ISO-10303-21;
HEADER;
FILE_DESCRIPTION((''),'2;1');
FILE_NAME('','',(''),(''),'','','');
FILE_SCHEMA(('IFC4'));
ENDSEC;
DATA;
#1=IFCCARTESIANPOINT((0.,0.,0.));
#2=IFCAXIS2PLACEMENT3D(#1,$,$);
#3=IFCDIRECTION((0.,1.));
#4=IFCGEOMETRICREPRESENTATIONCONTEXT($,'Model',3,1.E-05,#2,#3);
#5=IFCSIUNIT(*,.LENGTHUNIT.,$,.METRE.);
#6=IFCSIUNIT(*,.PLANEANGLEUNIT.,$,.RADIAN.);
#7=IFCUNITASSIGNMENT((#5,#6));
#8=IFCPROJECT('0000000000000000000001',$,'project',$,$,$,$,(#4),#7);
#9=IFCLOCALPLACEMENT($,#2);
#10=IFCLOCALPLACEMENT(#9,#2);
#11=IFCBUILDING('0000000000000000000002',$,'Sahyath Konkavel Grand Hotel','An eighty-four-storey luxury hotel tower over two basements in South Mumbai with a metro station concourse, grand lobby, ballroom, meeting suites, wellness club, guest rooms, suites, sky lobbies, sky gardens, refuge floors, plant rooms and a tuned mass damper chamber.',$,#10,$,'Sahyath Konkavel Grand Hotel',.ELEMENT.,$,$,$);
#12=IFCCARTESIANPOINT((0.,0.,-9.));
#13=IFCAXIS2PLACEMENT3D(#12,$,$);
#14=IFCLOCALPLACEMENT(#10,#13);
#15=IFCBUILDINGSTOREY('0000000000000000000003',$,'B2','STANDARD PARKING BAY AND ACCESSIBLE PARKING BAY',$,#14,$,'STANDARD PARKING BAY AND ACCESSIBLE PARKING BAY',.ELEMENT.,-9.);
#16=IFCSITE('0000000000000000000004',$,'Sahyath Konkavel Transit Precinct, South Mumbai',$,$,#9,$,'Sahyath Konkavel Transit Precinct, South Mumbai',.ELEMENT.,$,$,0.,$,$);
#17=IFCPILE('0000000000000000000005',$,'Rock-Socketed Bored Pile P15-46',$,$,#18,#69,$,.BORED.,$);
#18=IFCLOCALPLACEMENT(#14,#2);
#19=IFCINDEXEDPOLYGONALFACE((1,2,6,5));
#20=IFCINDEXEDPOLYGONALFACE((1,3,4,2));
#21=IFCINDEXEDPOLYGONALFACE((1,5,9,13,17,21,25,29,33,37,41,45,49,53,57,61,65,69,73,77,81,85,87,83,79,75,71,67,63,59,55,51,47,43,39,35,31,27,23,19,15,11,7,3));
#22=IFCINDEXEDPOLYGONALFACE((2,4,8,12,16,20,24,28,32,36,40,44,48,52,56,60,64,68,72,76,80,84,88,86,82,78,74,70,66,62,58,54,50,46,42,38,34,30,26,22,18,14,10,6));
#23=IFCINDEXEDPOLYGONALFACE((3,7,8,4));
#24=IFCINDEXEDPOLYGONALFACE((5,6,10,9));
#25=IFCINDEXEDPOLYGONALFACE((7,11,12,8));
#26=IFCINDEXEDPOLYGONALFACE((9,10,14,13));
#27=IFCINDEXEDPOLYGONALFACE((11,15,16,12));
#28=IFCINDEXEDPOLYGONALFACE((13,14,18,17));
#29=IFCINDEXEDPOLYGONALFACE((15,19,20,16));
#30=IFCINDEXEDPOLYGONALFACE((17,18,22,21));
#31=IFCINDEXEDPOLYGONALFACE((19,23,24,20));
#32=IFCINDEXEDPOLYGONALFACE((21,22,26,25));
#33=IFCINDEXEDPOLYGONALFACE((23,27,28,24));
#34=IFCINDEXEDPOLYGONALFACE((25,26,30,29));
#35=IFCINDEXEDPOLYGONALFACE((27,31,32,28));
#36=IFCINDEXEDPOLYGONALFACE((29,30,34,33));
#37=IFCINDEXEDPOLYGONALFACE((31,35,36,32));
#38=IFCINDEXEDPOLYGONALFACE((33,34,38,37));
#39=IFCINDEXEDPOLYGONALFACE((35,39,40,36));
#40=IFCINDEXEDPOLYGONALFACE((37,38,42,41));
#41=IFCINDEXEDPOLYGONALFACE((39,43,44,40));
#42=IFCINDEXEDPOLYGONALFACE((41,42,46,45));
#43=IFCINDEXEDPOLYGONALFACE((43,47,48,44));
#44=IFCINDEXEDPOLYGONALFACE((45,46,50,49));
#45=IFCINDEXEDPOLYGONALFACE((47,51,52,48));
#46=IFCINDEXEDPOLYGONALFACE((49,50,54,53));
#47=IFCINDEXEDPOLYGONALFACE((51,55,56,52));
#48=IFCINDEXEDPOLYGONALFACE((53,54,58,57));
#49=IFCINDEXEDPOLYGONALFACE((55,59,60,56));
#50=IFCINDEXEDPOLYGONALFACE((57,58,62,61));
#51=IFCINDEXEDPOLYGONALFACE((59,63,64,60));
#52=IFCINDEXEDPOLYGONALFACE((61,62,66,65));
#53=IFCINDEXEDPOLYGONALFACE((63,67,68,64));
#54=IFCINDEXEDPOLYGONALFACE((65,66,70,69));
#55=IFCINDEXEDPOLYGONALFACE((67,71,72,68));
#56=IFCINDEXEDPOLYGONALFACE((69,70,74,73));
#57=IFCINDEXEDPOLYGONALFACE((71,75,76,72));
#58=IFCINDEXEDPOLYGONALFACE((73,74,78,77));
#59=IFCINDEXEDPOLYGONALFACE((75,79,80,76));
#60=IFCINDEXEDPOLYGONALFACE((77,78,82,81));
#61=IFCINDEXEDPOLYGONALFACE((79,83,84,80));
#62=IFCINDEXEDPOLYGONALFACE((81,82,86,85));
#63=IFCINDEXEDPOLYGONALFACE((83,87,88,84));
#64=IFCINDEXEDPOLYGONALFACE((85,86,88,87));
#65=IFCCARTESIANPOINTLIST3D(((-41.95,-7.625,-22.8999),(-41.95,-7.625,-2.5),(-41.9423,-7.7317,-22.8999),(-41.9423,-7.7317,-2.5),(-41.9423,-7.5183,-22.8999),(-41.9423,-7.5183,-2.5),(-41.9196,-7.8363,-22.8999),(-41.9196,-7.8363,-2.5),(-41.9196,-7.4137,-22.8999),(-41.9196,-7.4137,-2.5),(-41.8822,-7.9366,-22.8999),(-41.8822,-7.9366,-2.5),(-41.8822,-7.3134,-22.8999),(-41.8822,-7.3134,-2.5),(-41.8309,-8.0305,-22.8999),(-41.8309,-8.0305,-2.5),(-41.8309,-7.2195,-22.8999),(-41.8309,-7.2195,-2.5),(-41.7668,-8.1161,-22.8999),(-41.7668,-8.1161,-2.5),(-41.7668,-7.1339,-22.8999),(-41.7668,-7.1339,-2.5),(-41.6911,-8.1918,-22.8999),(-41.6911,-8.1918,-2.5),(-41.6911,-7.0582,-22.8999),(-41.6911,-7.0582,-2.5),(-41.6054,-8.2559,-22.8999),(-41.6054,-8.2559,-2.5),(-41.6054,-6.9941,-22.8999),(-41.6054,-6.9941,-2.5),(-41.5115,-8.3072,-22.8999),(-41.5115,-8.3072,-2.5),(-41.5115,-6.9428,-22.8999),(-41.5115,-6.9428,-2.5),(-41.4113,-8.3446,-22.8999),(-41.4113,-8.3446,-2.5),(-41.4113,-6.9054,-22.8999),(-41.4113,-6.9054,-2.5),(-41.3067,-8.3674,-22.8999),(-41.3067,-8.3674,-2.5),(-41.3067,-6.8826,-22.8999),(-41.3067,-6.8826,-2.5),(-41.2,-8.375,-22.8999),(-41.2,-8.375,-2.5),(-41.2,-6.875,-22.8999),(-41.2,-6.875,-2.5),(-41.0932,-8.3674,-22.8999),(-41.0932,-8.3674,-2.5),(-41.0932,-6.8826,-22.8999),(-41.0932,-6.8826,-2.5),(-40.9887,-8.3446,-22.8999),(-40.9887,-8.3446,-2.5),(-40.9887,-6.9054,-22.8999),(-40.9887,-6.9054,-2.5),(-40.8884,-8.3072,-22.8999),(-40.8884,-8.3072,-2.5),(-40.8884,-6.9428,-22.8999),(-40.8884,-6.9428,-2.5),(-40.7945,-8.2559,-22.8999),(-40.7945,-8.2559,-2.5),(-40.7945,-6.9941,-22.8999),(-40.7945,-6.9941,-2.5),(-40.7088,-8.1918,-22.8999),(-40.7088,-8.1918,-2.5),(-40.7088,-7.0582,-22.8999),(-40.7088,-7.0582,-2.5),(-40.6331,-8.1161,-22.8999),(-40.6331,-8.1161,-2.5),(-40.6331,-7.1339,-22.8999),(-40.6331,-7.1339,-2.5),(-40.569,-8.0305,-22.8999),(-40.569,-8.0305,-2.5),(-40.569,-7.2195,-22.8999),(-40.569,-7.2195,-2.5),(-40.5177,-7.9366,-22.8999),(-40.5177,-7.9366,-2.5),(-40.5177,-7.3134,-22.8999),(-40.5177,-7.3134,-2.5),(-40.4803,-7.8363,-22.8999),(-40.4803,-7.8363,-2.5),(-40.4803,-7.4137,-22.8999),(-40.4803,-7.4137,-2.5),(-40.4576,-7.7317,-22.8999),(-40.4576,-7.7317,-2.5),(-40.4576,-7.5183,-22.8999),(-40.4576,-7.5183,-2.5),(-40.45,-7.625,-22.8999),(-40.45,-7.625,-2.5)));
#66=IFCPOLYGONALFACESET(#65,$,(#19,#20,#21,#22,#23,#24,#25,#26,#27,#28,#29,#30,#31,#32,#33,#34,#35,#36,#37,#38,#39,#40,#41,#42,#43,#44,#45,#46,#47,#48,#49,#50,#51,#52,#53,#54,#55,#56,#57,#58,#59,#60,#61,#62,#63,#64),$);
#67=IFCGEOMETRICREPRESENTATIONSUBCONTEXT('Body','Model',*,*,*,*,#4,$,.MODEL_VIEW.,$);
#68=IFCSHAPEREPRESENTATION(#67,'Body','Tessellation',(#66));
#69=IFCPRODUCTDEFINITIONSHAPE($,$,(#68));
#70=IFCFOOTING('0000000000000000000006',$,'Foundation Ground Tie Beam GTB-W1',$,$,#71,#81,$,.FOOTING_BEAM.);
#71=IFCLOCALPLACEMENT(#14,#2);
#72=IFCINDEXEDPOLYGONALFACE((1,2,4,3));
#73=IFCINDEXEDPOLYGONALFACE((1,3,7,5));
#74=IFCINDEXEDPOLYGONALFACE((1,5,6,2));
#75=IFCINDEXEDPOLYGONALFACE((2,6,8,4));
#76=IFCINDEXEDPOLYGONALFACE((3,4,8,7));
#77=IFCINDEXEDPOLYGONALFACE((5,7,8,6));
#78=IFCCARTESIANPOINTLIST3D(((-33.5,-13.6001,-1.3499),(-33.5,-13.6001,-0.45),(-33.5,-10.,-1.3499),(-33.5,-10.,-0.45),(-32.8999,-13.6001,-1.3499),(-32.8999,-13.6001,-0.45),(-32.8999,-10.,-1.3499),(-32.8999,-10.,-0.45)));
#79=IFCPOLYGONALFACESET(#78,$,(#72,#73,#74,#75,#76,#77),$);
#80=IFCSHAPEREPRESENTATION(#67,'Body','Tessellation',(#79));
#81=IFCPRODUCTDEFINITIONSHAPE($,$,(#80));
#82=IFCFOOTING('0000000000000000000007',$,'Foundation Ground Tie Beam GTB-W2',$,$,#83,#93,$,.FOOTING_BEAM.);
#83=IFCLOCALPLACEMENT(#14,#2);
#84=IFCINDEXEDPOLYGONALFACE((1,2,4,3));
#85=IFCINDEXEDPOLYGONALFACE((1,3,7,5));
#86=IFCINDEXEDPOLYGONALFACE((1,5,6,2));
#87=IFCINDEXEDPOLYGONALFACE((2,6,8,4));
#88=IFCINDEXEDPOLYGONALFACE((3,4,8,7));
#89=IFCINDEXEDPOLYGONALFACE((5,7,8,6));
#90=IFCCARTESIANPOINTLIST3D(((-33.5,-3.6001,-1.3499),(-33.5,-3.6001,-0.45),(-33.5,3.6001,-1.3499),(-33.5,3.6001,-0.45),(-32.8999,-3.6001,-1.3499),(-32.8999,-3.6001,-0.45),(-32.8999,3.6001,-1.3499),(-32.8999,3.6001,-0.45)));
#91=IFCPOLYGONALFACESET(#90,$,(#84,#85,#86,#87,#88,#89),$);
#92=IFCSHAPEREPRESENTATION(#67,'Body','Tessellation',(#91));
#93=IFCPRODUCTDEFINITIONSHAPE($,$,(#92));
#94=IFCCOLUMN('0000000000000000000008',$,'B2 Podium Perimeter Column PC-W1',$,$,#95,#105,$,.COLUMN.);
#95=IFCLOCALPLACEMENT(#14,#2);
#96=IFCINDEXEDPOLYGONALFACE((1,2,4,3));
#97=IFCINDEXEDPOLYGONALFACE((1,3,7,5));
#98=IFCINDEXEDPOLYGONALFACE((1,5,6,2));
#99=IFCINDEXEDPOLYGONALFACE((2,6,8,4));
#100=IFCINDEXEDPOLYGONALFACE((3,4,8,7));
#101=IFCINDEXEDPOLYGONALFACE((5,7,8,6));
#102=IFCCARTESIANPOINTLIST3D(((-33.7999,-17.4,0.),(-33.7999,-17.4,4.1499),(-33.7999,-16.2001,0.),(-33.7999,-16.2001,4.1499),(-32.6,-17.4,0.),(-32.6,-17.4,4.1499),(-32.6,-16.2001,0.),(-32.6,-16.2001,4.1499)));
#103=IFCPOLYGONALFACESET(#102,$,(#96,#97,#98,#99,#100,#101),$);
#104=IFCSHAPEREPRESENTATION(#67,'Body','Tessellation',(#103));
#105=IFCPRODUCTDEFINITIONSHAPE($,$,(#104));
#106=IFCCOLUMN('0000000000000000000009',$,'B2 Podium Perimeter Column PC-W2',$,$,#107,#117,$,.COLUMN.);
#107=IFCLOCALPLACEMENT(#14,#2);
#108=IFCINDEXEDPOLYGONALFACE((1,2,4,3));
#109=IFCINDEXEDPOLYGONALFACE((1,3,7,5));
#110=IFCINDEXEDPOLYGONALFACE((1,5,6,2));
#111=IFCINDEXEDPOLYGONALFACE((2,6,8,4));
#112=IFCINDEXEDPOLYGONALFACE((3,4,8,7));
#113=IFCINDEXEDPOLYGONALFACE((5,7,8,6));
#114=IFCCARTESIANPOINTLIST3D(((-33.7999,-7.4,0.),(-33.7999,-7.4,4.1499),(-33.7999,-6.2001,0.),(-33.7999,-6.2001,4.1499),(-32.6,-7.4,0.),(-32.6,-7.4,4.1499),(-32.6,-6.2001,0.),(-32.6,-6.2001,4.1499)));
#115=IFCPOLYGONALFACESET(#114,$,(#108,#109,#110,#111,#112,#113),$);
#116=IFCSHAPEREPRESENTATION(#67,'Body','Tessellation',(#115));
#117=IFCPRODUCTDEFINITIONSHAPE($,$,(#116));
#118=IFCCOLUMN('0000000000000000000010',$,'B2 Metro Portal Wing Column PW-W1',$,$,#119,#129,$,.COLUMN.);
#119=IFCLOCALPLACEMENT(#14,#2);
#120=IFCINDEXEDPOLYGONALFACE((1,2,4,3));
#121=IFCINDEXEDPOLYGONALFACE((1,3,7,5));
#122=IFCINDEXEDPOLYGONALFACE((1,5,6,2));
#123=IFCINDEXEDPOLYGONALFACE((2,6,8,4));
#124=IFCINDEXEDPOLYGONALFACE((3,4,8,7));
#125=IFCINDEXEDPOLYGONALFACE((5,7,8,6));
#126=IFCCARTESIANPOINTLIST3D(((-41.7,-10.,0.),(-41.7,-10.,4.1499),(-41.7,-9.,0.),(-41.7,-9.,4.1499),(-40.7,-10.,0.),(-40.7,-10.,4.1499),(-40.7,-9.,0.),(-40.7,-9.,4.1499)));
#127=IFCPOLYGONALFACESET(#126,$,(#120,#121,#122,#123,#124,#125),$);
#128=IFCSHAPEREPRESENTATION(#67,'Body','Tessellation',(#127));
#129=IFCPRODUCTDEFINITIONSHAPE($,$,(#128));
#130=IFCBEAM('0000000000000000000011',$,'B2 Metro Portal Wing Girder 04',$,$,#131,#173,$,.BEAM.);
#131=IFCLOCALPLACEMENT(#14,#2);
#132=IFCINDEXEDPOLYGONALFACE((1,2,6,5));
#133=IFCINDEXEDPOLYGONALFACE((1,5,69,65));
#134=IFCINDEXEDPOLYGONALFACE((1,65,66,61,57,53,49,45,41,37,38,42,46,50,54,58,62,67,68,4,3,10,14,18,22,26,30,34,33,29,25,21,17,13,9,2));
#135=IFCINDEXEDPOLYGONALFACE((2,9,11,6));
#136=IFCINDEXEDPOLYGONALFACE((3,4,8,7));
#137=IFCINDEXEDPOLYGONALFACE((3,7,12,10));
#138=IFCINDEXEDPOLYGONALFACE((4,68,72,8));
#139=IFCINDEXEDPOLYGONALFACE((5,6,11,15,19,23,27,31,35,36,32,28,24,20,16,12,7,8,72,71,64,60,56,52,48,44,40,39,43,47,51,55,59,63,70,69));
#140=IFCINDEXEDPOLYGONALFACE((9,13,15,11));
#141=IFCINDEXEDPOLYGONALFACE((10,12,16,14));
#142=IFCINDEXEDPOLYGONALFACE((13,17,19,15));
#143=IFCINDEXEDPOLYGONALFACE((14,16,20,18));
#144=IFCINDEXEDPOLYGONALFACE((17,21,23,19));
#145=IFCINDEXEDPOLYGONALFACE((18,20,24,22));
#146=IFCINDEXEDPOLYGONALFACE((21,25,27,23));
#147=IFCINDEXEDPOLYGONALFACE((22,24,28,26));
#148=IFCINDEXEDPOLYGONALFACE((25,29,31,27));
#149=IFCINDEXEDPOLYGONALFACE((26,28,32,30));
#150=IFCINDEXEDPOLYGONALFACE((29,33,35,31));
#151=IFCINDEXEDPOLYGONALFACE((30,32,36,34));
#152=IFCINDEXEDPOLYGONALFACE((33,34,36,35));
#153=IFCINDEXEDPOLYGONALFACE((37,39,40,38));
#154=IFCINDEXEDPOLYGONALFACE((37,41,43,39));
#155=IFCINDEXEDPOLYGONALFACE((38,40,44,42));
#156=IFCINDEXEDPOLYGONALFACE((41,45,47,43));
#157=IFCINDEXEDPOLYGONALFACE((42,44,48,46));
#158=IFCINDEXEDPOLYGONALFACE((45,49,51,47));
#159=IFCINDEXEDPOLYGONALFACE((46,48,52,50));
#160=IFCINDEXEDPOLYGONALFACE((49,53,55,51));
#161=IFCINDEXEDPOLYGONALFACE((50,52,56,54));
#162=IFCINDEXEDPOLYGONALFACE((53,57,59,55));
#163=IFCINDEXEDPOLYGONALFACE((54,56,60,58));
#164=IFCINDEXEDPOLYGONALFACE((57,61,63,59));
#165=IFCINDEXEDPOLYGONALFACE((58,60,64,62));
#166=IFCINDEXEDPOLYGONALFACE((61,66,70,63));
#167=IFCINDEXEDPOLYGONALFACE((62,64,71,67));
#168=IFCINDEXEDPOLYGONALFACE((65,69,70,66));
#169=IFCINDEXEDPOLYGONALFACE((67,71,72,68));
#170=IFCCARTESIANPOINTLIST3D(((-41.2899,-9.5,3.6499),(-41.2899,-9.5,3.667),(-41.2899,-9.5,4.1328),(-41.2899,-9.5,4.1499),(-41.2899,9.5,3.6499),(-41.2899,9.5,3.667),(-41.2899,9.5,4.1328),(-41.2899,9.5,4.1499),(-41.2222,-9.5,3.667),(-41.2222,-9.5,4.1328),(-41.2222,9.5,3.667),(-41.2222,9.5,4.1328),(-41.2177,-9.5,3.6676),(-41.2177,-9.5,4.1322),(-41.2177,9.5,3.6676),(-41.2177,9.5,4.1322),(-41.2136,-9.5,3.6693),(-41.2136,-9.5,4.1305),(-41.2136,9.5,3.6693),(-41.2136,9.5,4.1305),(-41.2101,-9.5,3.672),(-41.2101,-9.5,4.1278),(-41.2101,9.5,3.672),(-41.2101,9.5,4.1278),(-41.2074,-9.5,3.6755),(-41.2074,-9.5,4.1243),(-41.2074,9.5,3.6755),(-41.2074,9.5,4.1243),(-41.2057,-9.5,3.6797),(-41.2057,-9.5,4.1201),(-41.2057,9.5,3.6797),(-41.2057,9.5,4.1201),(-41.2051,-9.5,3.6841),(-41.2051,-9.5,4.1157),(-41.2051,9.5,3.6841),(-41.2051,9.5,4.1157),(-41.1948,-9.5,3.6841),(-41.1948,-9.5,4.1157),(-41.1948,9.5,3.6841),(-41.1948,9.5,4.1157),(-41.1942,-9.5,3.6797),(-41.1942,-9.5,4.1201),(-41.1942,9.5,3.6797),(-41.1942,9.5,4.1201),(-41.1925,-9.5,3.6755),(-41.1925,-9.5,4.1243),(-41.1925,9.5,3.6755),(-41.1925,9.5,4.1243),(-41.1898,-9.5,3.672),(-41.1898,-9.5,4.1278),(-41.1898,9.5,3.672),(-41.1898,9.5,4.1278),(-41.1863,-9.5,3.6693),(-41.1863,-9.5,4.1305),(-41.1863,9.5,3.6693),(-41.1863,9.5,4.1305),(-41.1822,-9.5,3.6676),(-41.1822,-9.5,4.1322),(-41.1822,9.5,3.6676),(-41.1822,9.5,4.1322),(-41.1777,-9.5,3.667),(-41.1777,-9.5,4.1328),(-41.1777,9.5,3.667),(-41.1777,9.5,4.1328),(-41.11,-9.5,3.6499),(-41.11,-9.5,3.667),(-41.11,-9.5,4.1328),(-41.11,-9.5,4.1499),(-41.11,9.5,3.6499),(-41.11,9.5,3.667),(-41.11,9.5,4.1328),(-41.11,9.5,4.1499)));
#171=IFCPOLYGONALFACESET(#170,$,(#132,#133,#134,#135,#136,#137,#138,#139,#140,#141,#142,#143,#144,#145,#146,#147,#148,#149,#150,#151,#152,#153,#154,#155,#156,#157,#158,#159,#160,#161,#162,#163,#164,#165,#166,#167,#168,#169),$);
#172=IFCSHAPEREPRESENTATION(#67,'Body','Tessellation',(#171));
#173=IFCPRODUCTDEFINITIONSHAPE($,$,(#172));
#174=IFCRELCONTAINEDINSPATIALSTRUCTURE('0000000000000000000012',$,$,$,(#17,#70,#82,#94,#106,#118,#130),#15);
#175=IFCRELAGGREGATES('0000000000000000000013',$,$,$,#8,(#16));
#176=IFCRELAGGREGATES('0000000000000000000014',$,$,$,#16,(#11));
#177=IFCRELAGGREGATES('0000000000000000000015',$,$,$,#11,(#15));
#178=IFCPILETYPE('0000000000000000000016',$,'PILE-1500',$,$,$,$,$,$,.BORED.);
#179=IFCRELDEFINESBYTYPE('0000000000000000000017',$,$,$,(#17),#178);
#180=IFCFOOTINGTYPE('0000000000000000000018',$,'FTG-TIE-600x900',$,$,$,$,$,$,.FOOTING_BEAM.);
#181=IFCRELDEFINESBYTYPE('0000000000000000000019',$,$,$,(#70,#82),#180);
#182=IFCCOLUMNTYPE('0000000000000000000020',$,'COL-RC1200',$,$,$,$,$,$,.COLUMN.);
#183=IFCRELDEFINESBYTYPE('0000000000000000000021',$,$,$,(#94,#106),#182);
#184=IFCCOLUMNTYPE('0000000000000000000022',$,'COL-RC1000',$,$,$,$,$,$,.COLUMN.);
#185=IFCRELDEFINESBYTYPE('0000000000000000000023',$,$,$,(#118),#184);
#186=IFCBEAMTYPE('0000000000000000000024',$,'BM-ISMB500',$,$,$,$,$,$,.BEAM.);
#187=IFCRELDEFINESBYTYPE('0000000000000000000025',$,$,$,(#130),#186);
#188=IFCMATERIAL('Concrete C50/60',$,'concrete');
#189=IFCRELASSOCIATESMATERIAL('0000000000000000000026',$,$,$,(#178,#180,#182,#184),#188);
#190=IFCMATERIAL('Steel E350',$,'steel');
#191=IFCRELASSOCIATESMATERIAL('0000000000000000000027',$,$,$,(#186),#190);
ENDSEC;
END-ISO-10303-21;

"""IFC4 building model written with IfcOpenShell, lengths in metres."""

from ifc_helpers import new_model, si_unit, direction, frame, origin, origin_2d, place, context, subcontext, project, spatial, rectangle, circle, i_section, extrude, source, transform, mapped, material, material_profile, profile_set, type_object, element, save


model = new_model("IFC4")

# Units and contexts
model_context = context("Model", 3, precision=1e-05, world=origin(), true_north=direction((0.0, 1.0)))
body_context = subcontext(model_context, "Body", "Model", "MODEL_VIEW")
ifc_project = project(units=[si_unit("LENGTHUNIT", "METRE"), si_unit("PLANEANGLEUNIT", "RADIAN")], contexts=[model_context])

# Site, building, storey
site_placement = place(None, origin())
site = spatial("IfcSite", under=ifc_project, at=site_placement, Name="Sahyath Konkavel Transit Precinct, South Mumbai", LongName="Sahyath Konkavel Transit Precinct, South Mumbai", CompositionType="ELEMENT", RefElevation=0.0)
building_placement = place(site_placement, origin())
building = spatial("IfcBuilding", under=site, at=building_placement, Name="Sahyath Konkavel Grand Hotel", Description="An eighty-four-storey luxury hotel tower over two basements in South Mumbai with a metro station concourse, grand lobby, ballroom, meeting suites, wellness club, guest rooms, suites, sky lobbies, sky gardens, refuge floors, plant rooms and a tuned mass damper chamber.", LongName="Sahyath Konkavel Grand Hotel", CompositionType="ELEMENT")
storey_placement = place(building_placement, frame((0.0, 0.0, -9.0)))
storey = spatial("IfcBuildingStorey", under=building, at=storey_placement, Name="B2", Description="STANDARD PARKING BAY AND ACCESSIBLE PARKING BAY", LongName="STANDARD PARKING BAY AND ACCESSIBLE PARKING BAY", CompositionType="ELEMENT", Elevation=-9.0)

# Pile
ifc_material_1 = material(Name="Concrete C50/60", Category="concrete")
ifc_material_profile_1 = material_profile(ifc_material_1, circle(Radius=0.75, at=origin_2d()), Name="PILE D1500")
ifc_profile_set_1 = profile_set([ifc_material_profile_1], Name="Concrete C50/60")
pile_type = type_object("IfcPileType", Name="PILE-1500", PredefinedType="BORED", material=ifc_profile_set_1)
for number, where, z_axis, x_axis, name in (
    (1, (-41.2, -7.625, -2.5), (0.0, 0.0, -1.0), (1.0, 0.0, 0.0), "Rock-Socketed Bored Pile P15-46"),
):
    element("IfcPile", number, at=place(storey_placement, frame(where, z_axis=z_axis, x_axis=x_axis)), inside=storey, type_object=pile_type, Name=name, PredefinedType="BORED", context=body_context, shape_type="SweptSolid", body=[
        extrude(circle(Radius=0.75, at=origin_2d()), origin(), (0.0, 0.0, 1.0), 20.3999),
    ])

# Footings
ifc_material_profile_2 = material_profile(ifc_material_1, rectangle(XDim=0.6001, YDim=0.8999, at=origin_2d()), Name="RC 600x900")
ifc_profile_set_2 = profile_set([ifc_material_profile_2], Name="Concrete C50/60")
footing_type = type_object("IfcFootingType", Name="FTG-TIE-600x900", PredefinedType="FOOTING_BEAM", material=ifc_profile_set_2)
shared_shape_1 = source(origin(), body_context, "Body", "SweptSolid", [
    extrude(rectangle(XDim=0.6001, YDim=0.8999, at=origin_2d()), origin(), (0.0, 0.0, 1.0), 3.6001),
])
footing_1_placement = place(storey_placement, frame((-33.2, -13.6001, -0.8999), z_axis=(0.0, 1.0, 0.0), x_axis=(-1.0, 0.0, 0.0)))
element("IfcFooting", 2, at=footing_1_placement, inside=storey, type_object=footing_type, Name="Foundation Ground Tie Beam GTB-W1", PredefinedType="FOOTING_BEAM", context=body_context, shape_type="MappedRepresentation", body=[
    mapped(shared_shape_1, transform((0.0, 0.0, 0.0), scale=1.0)),
])
shared_shape_2 = source(origin(), body_context, "Body", "SweptSolid", [
    extrude(rectangle(XDim=0.6001, YDim=0.8999, at=origin_2d()), origin(), (0.0, 0.0, 1.0), 7.2002),
])
footing_2_placement = place(storey_placement, frame((-33.2, -3.6001, -0.8999), z_axis=(0.0, 1.0, 0.0), x_axis=(-1.0, 0.0, 0.0)))
element("IfcFooting", 3, at=footing_2_placement, inside=storey, type_object=footing_type, Name="Foundation Ground Tie Beam GTB-W2", PredefinedType="FOOTING_BEAM", context=body_context, shape_type="MappedRepresentation", body=[
    mapped(shared_shape_2, transform((0.0, 0.0, 0.0), scale=1.0)),
])

# Columns
ifc_material_profile_3 = material_profile(ifc_material_1, rectangle(XDim=1.2, YDim=1.2, at=origin_2d()), Name="RC 1200x1200")
ifc_profile_set_3 = profile_set([ifc_material_profile_3], Name="Concrete C50/60")
column_type_1 = type_object("IfcColumnType", Name="COL-RC1200", PredefinedType="COLUMN", material=ifc_profile_set_3)
shared_shape_3 = source(origin(), body_context, "Body", "SweptSolid", [
    extrude(rectangle(XDim=1.2, YDim=1.2, at=origin_2d()), origin(), (0.0, 0.0, 1.0), 4.1499),
])
for number, where, z_axis, x_axis, name in (
    (4, (-33.2, -16.8, 0.0), (0.0, 0.0, 1.0), (1.0, 0.0, 0.0), "B2 Podium Perimeter Column PC-W1"),
    (5, (-33.2, -6.8, 0.0), (0.0, 0.0, 1.0), (1.0, 0.0, 0.0), "B2 Podium Perimeter Column PC-W2"),
):
    element("IfcColumn", number, at=place(storey_placement, frame(where, z_axis=z_axis, x_axis=x_axis)), inside=storey, type_object=column_type_1, Name=name, PredefinedType="COLUMN", context=body_context, shape_type="MappedRepresentation", body=[
        mapped(shared_shape_3, transform((0.0, 0.0, 0.0), scale=1.0)),
    ])
ifc_material_profile_4 = material_profile(ifc_material_1, rectangle(XDim=1.0, YDim=1.0, at=origin_2d()), Name="RC 1000x1000")
ifc_profile_set_4 = profile_set([ifc_material_profile_4], Name="Concrete C50/60")
column_type_2 = type_object("IfcColumnType", Name="COL-RC1000", PredefinedType="COLUMN", material=ifc_profile_set_4)
shared_shape_4 = source(origin(), body_context, "Body", "SweptSolid", [
    extrude(rectangle(XDim=1.0, YDim=1.0, at=origin_2d()), origin(), (0.0, 0.0, 1.0), 4.1499),
])
column_placement = place(storey_placement, frame((-41.2, -9.5, 0.0), z_axis=(0.0, 0.0, 1.0), x_axis=(1.0, 0.0, 0.0)))
element("IfcColumn", 6, at=column_placement, inside=storey, type_object=column_type_2, Name="B2 Metro Portal Wing Column PW-W1", PredefinedType="COLUMN", context=body_context, shape_type="MappedRepresentation", body=[
    mapped(shared_shape_4, transform((0.0, 0.0, 0.0), scale=1.0)),
])

# Beam
ifc_material_2 = material(Name="Steel E350", Category="steel")
ifc_material_profile_5 = material_profile(ifc_material_2, i_section(OverallWidth=0.1799, OverallDepth=0.5, WebThickness=0.0103, FlangeThickness=0.0171, FilletRadius=0.0171, at=origin_2d()), Name="ISMB 500")
ifc_profile_set_5 = profile_set([ifc_material_profile_5], Name="Steel E350")
beam_type_1 = type_object("IfcBeamType", Name="BM-ISMB500", PredefinedType="BEAM", material=ifc_profile_set_5)
shared_shape_5 = source(origin(), body_context, "Body", "SweptSolid", [
    extrude(i_section(OverallWidth=0.1799, OverallDepth=0.5, WebThickness=0.0103, FlangeThickness=0.0171, FilletRadius=0.0171, at=origin_2d()), origin(), (0.0, 0.0, 1.0), 19.0),
])
beam_1_placement = place(storey_placement, frame((-41.2, -9.5, 3.8999), z_axis=(0.0, 1.0, 0.0), x_axis=(-1.0, 0.0, 0.0)))
element("IfcBeam", 7, at=beam_1_placement, inside=storey, type_object=beam_type_1, Name="B2 Metro Portal Wing Girder 04", PredefinedType="BEAM", context=body_context, shape_type="MappedRepresentation", body=[
    mapped(shared_shape_5, transform((0.0, 0.0, 0.0), scale=1.0)),
])

save(model, "model.ifc")
